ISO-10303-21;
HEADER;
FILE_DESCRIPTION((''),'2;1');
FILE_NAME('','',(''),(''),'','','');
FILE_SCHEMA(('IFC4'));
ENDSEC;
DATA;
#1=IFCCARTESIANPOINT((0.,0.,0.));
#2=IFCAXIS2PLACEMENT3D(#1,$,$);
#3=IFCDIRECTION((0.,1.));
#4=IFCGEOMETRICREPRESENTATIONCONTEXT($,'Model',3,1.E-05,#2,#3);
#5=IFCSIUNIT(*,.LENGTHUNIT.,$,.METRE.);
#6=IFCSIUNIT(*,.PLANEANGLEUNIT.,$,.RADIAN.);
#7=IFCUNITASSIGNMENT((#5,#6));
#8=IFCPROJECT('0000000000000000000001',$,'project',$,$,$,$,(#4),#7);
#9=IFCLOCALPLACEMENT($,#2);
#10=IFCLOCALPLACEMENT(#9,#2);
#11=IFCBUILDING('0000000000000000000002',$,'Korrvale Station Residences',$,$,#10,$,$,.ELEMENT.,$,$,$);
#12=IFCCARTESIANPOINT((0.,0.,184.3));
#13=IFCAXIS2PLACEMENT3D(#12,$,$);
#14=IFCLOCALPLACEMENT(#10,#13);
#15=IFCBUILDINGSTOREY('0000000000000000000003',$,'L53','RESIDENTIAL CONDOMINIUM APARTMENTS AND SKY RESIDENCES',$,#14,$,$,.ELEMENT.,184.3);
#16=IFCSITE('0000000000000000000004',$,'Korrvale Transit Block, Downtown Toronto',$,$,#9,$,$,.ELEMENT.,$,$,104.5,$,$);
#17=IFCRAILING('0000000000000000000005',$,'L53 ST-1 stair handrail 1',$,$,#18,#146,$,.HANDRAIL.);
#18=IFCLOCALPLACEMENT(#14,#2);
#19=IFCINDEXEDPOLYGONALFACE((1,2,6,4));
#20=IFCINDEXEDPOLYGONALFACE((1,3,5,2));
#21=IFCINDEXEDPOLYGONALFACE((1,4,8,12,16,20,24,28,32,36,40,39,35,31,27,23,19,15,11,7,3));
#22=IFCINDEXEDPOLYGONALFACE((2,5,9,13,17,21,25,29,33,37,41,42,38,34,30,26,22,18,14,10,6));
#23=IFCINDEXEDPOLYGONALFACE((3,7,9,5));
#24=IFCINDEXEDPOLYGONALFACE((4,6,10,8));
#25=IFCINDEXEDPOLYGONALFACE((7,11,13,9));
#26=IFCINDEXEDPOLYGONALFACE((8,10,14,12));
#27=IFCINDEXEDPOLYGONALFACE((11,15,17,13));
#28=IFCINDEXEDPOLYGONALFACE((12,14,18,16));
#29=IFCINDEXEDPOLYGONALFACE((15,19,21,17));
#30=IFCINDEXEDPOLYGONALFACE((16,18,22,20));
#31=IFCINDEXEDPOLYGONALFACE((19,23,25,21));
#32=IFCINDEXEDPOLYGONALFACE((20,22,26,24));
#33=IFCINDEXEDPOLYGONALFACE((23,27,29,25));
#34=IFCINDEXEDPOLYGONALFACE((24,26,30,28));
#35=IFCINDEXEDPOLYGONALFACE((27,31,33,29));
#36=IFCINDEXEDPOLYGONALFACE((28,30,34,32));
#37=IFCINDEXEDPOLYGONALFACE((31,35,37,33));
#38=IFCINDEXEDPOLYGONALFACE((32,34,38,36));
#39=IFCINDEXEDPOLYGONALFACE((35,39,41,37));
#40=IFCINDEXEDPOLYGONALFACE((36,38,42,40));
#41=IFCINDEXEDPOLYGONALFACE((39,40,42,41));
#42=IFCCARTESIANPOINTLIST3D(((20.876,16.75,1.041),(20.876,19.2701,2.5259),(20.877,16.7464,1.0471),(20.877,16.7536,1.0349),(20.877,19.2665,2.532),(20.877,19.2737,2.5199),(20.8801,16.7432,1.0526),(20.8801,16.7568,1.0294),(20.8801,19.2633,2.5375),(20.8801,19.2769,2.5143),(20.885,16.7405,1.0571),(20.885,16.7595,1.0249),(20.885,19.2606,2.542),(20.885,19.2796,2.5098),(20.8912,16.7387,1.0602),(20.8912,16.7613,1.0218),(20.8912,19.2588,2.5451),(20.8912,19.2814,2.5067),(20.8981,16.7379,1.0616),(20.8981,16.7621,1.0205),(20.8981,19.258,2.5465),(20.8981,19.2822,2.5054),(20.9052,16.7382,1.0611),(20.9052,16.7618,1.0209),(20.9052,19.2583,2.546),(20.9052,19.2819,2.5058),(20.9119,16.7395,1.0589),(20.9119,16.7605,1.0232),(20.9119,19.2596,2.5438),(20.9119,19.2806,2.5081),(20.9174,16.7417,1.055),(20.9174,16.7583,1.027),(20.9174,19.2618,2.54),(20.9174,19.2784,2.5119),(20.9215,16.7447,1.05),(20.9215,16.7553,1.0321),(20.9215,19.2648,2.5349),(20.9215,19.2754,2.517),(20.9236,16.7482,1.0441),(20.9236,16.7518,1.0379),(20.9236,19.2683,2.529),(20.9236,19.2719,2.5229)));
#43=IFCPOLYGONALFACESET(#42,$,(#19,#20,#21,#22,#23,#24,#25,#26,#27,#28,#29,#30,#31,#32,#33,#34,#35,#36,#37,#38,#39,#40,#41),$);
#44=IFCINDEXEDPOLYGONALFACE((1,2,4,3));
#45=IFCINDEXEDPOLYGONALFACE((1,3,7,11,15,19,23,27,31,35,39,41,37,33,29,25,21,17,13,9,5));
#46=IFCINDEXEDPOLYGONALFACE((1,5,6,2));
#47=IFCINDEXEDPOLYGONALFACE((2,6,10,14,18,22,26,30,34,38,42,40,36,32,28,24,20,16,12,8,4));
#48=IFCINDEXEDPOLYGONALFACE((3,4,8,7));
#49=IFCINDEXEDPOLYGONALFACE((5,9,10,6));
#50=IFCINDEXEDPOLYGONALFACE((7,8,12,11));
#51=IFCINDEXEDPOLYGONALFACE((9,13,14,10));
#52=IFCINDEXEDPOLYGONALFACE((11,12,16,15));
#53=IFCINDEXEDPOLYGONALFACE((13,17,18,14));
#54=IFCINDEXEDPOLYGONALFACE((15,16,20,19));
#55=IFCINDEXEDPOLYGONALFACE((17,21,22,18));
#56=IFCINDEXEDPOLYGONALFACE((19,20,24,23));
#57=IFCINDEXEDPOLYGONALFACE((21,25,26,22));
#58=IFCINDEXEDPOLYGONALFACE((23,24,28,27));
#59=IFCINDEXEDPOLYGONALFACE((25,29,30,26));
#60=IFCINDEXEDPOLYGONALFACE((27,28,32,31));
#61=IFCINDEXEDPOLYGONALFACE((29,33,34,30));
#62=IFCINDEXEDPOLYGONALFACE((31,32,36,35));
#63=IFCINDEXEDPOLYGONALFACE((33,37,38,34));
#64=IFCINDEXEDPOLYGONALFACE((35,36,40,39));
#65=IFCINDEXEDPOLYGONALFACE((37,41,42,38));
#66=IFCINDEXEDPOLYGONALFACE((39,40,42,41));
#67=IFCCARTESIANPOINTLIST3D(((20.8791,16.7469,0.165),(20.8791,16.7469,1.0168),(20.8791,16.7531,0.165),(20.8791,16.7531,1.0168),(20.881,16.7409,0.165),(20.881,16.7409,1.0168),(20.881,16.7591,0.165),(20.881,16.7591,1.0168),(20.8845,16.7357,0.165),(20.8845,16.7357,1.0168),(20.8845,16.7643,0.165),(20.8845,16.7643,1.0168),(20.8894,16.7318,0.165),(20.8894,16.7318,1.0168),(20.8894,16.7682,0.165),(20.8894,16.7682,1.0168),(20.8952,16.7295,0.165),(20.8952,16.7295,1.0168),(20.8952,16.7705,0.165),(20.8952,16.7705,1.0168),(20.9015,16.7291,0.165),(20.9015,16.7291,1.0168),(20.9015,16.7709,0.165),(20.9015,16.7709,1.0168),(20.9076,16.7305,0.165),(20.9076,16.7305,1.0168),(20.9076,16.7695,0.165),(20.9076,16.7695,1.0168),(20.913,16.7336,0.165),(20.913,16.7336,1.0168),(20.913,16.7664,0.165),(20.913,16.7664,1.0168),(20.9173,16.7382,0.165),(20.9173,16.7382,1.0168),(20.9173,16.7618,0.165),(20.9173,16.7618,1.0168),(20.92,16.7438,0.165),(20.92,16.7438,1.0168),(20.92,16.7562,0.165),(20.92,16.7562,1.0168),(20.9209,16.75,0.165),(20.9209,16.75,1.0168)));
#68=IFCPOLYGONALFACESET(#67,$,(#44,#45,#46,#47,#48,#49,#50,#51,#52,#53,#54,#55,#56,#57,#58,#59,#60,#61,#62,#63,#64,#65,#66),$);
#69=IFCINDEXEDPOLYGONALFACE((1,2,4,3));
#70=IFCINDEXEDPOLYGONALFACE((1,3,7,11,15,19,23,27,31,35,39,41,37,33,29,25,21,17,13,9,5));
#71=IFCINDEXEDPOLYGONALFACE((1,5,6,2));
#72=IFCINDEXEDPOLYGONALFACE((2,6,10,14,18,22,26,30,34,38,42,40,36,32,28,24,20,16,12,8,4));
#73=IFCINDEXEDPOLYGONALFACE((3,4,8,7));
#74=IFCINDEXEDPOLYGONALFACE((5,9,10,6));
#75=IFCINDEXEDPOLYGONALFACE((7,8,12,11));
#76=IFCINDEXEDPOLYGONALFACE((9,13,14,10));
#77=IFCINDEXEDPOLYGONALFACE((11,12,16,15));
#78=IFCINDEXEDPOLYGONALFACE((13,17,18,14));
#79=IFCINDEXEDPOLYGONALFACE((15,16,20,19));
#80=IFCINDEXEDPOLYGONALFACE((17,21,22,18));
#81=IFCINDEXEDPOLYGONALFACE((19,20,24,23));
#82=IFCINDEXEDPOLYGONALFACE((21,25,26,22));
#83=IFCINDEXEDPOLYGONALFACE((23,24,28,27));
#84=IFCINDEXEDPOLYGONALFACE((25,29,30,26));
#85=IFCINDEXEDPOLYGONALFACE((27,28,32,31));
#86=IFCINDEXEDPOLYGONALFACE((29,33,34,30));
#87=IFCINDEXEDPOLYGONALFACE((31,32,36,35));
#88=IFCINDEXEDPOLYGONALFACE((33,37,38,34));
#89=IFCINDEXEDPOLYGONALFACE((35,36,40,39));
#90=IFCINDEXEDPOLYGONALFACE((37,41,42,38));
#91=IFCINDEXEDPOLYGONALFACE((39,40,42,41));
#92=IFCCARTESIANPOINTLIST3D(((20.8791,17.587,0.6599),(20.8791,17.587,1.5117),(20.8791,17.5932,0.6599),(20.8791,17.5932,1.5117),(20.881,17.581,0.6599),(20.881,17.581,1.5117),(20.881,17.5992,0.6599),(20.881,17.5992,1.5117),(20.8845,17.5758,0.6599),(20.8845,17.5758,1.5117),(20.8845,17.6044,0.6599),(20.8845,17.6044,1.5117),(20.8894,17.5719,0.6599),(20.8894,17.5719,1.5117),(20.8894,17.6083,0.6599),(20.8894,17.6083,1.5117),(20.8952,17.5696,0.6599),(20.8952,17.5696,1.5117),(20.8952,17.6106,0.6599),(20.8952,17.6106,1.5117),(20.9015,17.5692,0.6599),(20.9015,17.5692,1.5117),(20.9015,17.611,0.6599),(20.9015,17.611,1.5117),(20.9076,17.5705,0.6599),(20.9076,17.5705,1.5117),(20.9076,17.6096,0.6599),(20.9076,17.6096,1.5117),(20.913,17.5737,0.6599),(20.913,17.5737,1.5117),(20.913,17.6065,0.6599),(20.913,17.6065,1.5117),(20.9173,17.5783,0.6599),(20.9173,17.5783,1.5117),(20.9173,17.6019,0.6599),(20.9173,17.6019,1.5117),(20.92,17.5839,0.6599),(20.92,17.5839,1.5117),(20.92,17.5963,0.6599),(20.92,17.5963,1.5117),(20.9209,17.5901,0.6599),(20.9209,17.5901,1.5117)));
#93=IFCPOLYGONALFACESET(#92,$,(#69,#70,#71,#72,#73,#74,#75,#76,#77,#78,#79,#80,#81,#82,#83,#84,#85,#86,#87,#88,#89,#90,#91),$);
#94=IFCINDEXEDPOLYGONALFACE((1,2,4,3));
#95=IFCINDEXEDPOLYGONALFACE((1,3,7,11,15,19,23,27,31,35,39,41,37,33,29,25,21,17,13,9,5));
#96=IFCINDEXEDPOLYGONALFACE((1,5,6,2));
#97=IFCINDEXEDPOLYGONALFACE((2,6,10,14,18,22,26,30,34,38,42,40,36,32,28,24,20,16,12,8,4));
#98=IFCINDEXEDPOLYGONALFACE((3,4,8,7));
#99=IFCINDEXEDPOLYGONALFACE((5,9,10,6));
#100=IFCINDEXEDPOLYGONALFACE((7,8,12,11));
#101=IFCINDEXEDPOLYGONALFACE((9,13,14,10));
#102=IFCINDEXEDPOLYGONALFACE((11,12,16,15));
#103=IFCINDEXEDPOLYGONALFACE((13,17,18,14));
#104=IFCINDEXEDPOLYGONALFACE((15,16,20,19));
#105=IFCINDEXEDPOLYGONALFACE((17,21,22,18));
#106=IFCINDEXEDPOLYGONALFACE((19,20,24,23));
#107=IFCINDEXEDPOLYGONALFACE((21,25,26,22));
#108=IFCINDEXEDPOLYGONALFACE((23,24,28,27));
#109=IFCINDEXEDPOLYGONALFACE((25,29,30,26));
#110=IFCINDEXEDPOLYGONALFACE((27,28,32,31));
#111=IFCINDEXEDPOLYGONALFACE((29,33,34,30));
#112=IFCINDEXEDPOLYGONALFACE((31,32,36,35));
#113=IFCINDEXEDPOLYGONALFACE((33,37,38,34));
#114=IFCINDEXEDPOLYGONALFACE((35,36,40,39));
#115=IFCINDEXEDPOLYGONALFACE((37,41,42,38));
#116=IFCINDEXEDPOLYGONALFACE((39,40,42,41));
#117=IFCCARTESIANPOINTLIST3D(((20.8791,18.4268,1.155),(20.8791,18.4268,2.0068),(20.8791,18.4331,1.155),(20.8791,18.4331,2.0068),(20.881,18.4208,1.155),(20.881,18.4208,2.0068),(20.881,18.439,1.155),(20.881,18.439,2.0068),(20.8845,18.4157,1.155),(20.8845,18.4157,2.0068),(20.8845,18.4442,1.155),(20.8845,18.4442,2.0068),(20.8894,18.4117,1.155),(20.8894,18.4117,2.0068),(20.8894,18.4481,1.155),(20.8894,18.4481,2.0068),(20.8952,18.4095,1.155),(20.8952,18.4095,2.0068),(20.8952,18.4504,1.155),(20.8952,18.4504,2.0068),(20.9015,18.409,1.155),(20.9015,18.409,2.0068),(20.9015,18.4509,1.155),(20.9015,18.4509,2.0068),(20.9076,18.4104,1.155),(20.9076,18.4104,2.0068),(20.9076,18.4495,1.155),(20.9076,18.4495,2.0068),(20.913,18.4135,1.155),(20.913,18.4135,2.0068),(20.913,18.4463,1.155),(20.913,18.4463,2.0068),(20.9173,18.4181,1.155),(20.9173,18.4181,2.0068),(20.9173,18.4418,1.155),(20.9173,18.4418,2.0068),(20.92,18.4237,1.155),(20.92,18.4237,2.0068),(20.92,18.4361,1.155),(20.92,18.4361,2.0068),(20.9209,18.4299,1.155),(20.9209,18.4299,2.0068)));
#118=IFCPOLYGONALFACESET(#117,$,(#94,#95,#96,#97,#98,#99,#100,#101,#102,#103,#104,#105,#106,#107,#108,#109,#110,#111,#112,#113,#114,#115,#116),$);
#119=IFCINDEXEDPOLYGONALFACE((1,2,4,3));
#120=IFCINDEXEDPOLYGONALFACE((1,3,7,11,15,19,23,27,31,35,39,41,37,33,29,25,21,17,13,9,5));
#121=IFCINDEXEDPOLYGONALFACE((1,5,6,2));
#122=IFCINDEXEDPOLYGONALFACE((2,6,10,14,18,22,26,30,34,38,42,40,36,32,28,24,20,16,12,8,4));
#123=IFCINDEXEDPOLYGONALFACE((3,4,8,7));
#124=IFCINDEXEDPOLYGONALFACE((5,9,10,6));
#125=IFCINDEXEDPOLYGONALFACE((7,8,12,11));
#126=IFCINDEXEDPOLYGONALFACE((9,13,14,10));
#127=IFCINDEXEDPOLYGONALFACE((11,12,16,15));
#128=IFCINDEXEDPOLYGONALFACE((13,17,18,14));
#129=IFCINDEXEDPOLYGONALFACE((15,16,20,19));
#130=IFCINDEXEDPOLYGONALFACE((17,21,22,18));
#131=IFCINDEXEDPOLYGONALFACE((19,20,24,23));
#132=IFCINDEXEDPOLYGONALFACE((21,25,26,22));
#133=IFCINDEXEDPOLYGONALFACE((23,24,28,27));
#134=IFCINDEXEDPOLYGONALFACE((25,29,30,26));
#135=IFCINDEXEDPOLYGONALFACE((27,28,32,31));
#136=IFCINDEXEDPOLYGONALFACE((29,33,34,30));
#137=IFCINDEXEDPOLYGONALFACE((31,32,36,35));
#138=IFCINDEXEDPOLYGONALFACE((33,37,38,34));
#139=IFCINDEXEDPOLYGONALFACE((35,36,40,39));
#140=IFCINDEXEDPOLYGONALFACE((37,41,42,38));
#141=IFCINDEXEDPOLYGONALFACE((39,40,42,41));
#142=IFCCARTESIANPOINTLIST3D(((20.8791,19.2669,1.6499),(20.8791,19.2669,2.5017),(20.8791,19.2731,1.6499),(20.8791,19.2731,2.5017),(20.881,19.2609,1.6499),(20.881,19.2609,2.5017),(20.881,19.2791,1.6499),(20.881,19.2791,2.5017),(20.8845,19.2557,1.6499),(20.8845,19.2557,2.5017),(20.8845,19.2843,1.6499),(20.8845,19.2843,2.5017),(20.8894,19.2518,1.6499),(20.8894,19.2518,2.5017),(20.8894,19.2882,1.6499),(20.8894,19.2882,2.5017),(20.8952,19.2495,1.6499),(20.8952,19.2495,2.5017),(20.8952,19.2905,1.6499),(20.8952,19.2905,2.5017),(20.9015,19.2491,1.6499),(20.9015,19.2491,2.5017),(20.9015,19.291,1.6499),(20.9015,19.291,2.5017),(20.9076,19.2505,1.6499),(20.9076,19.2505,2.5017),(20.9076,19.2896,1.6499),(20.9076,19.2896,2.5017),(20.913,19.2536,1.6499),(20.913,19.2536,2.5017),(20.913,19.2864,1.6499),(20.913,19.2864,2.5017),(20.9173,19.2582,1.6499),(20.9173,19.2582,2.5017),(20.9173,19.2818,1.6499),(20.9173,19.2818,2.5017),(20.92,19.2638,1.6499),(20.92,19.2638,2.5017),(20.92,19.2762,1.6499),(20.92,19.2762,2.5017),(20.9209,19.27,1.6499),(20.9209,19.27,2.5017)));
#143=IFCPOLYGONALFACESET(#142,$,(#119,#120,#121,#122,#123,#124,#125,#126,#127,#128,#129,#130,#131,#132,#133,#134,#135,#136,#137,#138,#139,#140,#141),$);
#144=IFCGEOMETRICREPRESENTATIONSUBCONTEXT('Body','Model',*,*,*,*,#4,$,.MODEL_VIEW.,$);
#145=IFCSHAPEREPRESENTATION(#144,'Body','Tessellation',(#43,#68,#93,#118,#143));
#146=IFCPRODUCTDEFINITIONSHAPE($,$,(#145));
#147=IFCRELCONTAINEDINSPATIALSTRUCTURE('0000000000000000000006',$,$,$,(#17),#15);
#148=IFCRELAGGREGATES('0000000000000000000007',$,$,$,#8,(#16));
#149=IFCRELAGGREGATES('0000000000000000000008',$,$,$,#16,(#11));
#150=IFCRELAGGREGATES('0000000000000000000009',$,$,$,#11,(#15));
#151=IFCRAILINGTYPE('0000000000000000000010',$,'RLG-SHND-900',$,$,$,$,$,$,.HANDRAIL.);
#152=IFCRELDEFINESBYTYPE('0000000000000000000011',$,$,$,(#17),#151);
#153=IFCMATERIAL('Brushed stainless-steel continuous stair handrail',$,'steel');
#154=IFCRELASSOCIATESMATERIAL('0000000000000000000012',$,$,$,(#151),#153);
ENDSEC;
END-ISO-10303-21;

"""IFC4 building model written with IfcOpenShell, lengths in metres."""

from ifc_helpers import new_model, si_unit, direction, frame, origin, origin_2d, place, context, subcontext, project, spatial, circle, extrude, material, type_object, element, save


model = new_model("IFC4")

# Units and contexts
model_context = context("Model", 3, precision=1e-05, world=origin(), true_north=direction((0.0, 1.0)))
body_context = subcontext(model_context, "Body", "Model", "MODEL_VIEW")
ifc_project = project(units=[si_unit("LENGTHUNIT", "METRE"), si_unit("PLANEANGLEUNIT", "RADIAN")], contexts=[model_context])

# Site, building, storey
site_placement = place(None, origin())
site = spatial("IfcSite", under=ifc_project, at=site_placement, Name="Korrvale Transit Block, Downtown Toronto", CompositionType="ELEMENT", RefElevation=104.5)
building_placement = place(site_placement, origin())
building = spatial("IfcBuilding", under=site, at=building_placement, Name="Korrvale Station Residences", CompositionType="ELEMENT")
storey_placement = place(building_placement, frame((0.0, 0.0, 184.3)))
storey = spatial("IfcBuildingStorey", under=building, at=storey_placement, Name="L53", Description="RESIDENTIAL CONDOMINIUM APARTMENTS AND SKY RESIDENCES", CompositionType="ELEMENT", Elevation=184.3)

# Railing
ifc_material_1 = material(Name="Brushed stainless-steel continuous stair handrail", Category="steel")
railing_type_1 = type_object("IfcRailingType", Name="RLG-SHND-900", PredefinedType="HANDRAIL", material=ifc_material_1)
railing_1_placement = place(storey_placement, frame((20.8999, 16.75, 0.165)))
element("IfcRailing", 1, at=railing_1_placement, inside=storey, type_object=railing_type_1, Name="L53 ST-1 stair handrail 1", PredefinedType="HANDRAIL", context=body_context, shape_type="SweptSolid", body=[
    extrude(circle(Radius=0.0239, at=origin_2d()), frame((0.0, 0.0, 0.876), z_axis=(0.0, 0.861561, 0.507655), x_axis=(-1.0, 0.0, 0.0)), (0.0, 0.0, 1.0), 2.925),
    extrude(circle(Radius=0.021, at=origin_2d()), origin(), (0.0, 0.0, 1.0), 0.8518),
    extrude(circle(Radius=0.021, at=origin_2d()), frame((0.0, 0.8401, 0.4949)), (0.0, 0.0, 1.0), 0.8518),
    extrude(circle(Radius=0.021, at=origin_2d()), frame((0.0, 1.6799, 0.99)), (0.0, 0.0, 1.0), 0.8518),
    extrude(circle(Radius=0.021, at=origin_2d()), frame((0.0, 2.52, 1.4849)), (0.0, 0.0, 1.0), 0.8518),
])

save(model, "model.ifc")
